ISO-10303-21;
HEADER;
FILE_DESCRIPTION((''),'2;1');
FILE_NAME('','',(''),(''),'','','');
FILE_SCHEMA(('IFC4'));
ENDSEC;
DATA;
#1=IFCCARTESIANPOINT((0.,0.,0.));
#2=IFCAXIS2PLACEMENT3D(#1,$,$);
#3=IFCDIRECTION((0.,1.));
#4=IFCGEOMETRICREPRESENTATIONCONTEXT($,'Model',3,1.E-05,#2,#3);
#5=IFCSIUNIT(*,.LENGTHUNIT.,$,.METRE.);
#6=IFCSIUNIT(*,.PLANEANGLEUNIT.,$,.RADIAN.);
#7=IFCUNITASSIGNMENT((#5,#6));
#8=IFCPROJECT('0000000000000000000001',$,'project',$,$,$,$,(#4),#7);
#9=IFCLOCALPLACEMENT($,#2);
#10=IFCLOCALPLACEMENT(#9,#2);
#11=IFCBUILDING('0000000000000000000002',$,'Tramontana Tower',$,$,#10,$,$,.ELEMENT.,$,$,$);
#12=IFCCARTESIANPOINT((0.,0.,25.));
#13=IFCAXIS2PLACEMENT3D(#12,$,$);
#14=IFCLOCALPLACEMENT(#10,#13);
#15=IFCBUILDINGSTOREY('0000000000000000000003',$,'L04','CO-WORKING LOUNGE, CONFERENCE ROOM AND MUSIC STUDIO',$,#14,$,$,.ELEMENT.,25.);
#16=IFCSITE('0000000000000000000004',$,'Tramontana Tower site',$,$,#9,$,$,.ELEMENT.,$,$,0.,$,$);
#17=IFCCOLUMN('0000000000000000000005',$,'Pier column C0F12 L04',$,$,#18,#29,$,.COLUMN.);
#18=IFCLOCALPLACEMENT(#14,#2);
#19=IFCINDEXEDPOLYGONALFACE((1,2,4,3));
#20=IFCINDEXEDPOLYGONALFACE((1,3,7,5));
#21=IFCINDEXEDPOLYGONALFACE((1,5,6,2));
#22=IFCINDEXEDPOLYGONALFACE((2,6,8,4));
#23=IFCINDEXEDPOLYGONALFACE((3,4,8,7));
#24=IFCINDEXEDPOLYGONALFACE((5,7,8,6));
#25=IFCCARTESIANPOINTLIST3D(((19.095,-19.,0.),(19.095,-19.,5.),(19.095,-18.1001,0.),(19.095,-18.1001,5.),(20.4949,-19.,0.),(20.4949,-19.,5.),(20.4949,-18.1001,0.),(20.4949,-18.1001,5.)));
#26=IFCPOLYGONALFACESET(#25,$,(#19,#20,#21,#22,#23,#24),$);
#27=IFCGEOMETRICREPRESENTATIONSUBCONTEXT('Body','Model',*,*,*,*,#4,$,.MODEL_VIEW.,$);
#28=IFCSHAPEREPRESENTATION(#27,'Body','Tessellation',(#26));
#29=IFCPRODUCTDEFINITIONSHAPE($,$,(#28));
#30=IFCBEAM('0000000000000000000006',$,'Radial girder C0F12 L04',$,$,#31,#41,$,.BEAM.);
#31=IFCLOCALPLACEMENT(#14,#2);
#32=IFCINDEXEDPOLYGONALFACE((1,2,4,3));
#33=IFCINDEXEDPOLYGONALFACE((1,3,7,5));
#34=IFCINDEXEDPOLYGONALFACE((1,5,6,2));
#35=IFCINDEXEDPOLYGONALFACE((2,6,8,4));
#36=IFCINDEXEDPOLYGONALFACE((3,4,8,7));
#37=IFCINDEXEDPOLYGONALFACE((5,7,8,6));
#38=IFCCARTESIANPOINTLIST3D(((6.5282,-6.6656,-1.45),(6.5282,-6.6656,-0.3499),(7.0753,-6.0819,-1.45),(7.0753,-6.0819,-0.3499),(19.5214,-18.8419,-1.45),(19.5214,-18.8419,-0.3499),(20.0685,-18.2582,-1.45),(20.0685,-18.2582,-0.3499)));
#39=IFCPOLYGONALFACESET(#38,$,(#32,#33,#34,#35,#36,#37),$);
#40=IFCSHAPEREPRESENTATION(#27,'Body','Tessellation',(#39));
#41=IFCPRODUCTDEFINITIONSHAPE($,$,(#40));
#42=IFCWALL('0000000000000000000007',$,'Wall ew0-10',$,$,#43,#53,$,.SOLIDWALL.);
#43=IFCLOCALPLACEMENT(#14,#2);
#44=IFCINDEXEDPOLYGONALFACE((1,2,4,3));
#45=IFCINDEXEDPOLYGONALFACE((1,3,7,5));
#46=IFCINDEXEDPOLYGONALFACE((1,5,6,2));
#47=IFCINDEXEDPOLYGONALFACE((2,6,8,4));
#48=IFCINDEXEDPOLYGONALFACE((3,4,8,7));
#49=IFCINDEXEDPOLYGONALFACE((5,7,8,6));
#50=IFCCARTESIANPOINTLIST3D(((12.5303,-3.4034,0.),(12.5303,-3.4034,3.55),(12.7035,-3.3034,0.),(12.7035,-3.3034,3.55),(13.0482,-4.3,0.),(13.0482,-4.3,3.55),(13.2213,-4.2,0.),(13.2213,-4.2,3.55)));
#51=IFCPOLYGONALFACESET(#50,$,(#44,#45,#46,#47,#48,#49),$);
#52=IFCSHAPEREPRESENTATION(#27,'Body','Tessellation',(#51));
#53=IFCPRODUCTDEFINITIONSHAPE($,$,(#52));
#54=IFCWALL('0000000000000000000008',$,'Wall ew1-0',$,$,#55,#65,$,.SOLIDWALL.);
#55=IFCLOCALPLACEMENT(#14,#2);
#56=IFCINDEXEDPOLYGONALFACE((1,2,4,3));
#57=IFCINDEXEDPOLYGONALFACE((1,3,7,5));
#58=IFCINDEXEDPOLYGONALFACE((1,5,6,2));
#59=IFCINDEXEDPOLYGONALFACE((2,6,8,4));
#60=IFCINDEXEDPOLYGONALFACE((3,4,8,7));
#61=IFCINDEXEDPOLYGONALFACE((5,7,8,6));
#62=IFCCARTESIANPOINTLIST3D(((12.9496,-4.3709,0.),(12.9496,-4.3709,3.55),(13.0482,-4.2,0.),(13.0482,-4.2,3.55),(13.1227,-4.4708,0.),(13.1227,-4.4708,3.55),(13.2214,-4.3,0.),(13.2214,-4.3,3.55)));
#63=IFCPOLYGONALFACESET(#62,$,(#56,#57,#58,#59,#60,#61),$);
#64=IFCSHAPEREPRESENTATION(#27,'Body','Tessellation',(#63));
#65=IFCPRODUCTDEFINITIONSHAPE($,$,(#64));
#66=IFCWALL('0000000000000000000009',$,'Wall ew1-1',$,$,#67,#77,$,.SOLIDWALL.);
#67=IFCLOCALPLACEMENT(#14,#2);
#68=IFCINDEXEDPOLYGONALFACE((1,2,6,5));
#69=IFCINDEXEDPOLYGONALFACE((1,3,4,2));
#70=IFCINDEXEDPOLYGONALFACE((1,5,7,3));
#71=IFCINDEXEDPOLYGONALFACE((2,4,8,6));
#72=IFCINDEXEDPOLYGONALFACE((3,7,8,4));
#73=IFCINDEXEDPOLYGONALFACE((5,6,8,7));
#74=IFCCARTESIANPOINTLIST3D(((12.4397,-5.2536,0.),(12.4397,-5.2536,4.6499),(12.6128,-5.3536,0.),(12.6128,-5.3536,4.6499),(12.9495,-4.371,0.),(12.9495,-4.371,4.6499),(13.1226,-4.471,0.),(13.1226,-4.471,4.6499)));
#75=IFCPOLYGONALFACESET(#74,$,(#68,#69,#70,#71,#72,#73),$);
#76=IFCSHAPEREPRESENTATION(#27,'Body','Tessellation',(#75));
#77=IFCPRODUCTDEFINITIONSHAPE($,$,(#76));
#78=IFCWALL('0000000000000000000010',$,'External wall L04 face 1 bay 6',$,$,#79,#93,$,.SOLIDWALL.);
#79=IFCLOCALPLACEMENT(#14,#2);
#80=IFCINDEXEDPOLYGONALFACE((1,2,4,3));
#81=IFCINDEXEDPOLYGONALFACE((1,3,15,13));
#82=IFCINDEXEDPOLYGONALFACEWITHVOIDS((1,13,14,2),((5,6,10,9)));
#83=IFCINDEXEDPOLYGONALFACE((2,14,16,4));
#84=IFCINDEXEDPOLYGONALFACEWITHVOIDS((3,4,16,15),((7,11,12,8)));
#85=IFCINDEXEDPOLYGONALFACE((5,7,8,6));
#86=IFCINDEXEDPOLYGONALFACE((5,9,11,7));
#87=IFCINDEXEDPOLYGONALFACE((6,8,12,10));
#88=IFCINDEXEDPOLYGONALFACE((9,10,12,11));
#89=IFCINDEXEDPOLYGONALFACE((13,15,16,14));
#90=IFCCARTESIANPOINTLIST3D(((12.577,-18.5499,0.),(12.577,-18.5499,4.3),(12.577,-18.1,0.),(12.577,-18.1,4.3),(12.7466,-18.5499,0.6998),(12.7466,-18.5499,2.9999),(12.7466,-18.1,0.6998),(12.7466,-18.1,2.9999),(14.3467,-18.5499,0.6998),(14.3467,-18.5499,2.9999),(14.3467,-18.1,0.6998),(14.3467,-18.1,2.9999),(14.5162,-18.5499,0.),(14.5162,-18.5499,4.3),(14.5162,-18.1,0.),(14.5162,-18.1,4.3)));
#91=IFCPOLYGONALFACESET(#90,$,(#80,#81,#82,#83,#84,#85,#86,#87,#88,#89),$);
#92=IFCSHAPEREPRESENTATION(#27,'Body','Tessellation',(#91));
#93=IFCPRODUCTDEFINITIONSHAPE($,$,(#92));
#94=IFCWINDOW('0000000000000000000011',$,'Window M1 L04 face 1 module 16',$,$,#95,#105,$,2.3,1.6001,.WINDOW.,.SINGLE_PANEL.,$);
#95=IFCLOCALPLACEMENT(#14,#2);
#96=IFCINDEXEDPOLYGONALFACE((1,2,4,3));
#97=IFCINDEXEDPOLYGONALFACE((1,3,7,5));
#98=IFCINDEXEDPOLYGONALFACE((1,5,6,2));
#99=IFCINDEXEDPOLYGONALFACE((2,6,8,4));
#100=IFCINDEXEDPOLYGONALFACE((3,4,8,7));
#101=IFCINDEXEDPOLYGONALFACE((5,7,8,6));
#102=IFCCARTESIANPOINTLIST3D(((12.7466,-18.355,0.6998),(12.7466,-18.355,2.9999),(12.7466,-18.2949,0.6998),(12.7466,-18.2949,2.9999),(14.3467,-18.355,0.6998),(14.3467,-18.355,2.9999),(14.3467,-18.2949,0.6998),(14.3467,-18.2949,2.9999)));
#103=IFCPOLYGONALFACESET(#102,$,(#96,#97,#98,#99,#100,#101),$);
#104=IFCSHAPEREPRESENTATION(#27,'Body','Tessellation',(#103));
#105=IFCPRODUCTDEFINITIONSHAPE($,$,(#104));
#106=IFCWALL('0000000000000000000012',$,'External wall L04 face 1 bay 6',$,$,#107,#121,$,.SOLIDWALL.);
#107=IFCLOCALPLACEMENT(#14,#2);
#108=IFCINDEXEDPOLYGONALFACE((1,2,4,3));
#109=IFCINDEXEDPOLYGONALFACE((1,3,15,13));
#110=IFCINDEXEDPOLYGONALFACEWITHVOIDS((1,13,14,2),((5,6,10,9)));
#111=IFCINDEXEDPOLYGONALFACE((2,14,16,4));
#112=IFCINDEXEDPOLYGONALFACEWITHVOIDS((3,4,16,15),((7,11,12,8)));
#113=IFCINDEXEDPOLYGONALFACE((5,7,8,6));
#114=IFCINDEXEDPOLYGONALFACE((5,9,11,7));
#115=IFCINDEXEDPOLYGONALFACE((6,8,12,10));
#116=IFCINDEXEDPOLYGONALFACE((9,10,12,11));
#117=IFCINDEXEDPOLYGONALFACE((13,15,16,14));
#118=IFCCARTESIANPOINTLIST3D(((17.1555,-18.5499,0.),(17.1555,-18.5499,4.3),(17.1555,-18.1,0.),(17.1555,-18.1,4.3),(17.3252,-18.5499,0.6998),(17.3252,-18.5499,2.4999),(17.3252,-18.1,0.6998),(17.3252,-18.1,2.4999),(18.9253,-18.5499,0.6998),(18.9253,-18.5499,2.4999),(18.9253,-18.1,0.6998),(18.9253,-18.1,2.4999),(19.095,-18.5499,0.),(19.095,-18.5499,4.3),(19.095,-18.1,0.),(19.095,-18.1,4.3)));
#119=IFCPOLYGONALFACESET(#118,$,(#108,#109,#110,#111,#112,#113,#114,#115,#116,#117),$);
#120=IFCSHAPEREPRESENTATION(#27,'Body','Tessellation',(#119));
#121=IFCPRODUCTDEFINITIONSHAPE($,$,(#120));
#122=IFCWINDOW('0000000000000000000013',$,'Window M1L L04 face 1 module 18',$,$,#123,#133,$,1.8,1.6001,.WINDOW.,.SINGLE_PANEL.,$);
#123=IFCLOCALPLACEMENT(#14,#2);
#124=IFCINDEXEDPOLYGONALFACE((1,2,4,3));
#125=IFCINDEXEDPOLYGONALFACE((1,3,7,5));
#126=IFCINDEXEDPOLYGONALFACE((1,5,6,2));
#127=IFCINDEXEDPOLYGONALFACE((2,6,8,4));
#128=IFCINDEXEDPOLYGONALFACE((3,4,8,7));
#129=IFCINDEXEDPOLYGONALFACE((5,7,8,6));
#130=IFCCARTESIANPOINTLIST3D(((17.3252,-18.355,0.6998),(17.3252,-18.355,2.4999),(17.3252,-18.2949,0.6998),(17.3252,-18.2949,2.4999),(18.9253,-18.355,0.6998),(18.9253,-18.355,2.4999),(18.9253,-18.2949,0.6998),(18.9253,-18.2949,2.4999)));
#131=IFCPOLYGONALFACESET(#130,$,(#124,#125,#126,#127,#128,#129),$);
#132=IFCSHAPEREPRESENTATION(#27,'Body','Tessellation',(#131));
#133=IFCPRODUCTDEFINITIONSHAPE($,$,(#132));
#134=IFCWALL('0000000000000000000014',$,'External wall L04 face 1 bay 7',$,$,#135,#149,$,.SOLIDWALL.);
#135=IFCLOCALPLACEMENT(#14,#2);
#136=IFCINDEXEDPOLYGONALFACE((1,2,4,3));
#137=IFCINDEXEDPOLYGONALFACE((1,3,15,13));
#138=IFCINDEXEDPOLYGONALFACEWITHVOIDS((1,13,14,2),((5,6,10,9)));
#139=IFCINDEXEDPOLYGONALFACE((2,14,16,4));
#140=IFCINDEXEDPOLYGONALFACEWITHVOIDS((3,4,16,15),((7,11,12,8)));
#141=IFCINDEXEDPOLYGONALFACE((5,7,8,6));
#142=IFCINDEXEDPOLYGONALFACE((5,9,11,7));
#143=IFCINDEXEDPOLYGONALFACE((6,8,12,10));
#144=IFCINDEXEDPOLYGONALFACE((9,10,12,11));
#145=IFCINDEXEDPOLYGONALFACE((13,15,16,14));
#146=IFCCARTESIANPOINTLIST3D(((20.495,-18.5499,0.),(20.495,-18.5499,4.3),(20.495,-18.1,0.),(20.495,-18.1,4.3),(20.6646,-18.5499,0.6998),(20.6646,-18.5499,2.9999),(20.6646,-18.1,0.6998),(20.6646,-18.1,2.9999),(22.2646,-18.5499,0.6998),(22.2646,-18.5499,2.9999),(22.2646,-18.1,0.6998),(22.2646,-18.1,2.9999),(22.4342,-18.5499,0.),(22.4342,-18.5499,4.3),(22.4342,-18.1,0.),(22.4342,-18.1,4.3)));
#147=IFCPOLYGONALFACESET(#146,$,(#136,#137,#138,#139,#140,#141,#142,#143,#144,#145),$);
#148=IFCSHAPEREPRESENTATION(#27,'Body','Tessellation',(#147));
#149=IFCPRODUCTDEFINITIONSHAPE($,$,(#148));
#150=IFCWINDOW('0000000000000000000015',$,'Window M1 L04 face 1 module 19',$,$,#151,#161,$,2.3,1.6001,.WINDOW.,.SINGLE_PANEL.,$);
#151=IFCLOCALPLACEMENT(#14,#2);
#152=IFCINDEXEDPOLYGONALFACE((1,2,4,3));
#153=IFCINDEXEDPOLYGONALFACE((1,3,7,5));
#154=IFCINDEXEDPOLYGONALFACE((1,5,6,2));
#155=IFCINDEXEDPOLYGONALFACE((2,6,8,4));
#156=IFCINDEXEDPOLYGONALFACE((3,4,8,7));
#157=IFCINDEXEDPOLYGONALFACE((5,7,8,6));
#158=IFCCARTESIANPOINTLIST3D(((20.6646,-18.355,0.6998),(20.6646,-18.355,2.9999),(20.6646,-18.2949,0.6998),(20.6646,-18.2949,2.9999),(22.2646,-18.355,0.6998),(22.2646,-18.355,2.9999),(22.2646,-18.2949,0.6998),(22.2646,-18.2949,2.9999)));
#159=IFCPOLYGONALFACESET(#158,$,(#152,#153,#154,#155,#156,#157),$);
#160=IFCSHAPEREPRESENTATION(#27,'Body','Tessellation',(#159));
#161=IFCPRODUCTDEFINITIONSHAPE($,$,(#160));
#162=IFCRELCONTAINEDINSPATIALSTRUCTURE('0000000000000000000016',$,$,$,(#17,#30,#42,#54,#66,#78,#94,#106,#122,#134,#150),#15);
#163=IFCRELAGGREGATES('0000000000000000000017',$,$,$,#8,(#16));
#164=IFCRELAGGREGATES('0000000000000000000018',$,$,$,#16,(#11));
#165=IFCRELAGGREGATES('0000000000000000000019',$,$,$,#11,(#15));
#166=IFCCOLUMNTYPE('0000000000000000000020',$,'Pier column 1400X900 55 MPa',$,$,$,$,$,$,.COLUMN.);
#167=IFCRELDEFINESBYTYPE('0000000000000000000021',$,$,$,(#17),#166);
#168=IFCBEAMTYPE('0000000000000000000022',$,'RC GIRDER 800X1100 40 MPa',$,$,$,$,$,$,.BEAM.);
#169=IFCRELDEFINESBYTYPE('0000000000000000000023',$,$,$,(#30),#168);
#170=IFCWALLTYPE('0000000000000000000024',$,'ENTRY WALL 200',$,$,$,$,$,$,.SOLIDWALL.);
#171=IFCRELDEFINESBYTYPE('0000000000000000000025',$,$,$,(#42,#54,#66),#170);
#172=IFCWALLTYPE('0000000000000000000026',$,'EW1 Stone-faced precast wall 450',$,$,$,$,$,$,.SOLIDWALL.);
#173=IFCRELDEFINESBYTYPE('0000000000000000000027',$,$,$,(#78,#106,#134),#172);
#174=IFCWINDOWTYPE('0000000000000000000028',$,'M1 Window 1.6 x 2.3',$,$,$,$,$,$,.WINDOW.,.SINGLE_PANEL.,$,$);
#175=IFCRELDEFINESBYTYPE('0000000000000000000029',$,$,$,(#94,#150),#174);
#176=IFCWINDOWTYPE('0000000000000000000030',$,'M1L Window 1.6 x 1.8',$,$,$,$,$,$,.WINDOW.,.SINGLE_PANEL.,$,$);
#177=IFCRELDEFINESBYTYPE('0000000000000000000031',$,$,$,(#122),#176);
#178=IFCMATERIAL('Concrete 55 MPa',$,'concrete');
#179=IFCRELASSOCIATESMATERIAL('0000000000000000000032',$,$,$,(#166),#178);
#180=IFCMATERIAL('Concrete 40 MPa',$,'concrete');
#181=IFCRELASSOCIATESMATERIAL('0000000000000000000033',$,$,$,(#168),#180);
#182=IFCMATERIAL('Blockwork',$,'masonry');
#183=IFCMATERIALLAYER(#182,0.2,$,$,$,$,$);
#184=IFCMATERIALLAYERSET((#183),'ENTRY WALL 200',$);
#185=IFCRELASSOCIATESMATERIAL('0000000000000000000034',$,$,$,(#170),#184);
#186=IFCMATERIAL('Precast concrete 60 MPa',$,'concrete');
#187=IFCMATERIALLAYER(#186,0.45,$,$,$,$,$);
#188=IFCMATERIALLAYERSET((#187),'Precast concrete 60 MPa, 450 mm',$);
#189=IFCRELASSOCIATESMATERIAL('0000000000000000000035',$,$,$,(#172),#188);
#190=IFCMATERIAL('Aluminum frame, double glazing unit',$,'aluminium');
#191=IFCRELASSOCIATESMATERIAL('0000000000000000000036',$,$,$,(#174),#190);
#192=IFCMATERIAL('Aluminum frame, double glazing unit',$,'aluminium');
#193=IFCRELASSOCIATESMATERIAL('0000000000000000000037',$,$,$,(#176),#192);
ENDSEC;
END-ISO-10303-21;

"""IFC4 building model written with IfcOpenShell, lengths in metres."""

from ifc_helpers import new_model, si_unit, direction, frame, frame_2d, origin, origin_2d, place, context, subcontext, project, spatial, rectangle, extrude, material, layer, layer_set, material_profile, profile_set, type_object, element, fill, save


model = new_model("IFC4")

# Units and contexts
model_context = context("Model", 3, precision=1e-05, world=origin(), true_north=direction((0.0, 1.0)))
body_context = subcontext(model_context, "Body", "Model", "MODEL_VIEW")
ifc_project = project(units=[si_unit("LENGTHUNIT", "METRE"), si_unit("PLANEANGLEUNIT", "RADIAN")], contexts=[model_context])

# Site, building, storey
site_placement = place(None, origin())
site = spatial("IfcSite", under=ifc_project, at=site_placement, Name="Tramontana Tower site", CompositionType="ELEMENT", RefElevation=0.0)
building_placement = place(site_placement, origin())
building = spatial("IfcBuilding", under=site, at=building_placement, Name="Tramontana Tower", CompositionType="ELEMENT")
storey_placement = place(building_placement, frame((0.0, 0.0, 25.0)))
storey = spatial("IfcBuildingStorey", under=building, at=storey_placement, Name="L04", Description="CO-WORKING LOUNGE, CONFERENCE ROOM AND MUSIC STUDIO", CompositionType="ELEMENT", Elevation=25.0)

# Column
ifc_material_1 = material(Name="Concrete 55 MPa", Category="concrete")
ifc_material_profile_1 = material_profile(ifc_material_1, rectangle(XDim=1.3999, YDim=0.8999, at=origin_2d()), Name="Pier column 1400X900 55 MPa")
ifc_profile_set_1 = profile_set([ifc_material_profile_1], Name="Concrete 55 MPa")
column_type = type_object("IfcColumnType", Name="Pier column 1400X900 55 MPa", PredefinedType="COLUMN", material=ifc_profile_set_1)
column_placement = place(storey_placement, frame((19.7949, -18.55, 0.0), z_axis=(0.0, 0.0, 1.0), x_axis=(1.0, 0.0, 0.0)))
element("IfcColumn", 1, at=column_placement, inside=storey, type_object=column_type, Name="Pier column C0F12 L04", PredefinedType="COLUMN", context=body_context, shape_type="SweptSolid", body=[
    extrude(rectangle(XDim=1.3999, YDim=0.8999, at=origin_2d()), origin(), (0.0, 0.0, 1.0), 5.0),
])

# Beam
ifc_material_2 = material(Name="Concrete 40 MPa", Category="concrete")
ifc_material_profile_2 = material_profile(ifc_material_2, rectangle(XDim=0.8, YDim=1.1001, at=origin_2d()), Name="RC GIRDER 800X1100 40 MPa")
ifc_profile_set_2 = profile_set([ifc_material_profile_2], Name="Concrete 40 MPa")
beam_type = type_object("IfcBeamType", Name="RC GIRDER 800X1100 40 MPa", PredefinedType="BEAM", material=ifc_profile_set_2)
beam_placement = place(storey_placement, frame((19.7949, -18.55, -0.8999), z_axis=(-0.729672, 0.683797, 0.0), x_axis=(-0.683797, -0.729672, 0.0)))
element("IfcBeam", 2, at=beam_placement, inside=storey, type_object=beam_type, Name="Radial girder C0F12 L04", PredefinedType="BEAM", context=body_context, shape_type="SweptSolid", body=[
    extrude(rectangle(XDim=0.8, YDim=1.1001, at=origin_2d()), origin(), (0.0, 0.0, 1.0), 17.8069),
])

# Walls
ifc_material_3 = material(Name="Blockwork", Category="masonry")
ifc_layer_1 = layer(ifc_material_3, 0.2)
ifc_layer_set_1 = layer_set([ifc_layer_1], Name="ENTRY WALL 200")
wall_type_1 = type_object("IfcWallType", Name="ENTRY WALL 200", PredefinedType="SOLIDWALL", material=ifc_layer_set_1)
wall_1_placement = place(storey_placement, frame((12.6169, -3.3535, 0.0), z_axis=(0.0, 0.0, 1.0), x_axis=(0.500172, -0.865926, 0.0)))
element("IfcWall", 3, at=wall_1_placement, inside=storey, type_object=wall_type_1, Name="Wall ew0-10", PredefinedType="SOLIDWALL", context=body_context, shape_type="SweptSolid", body=[
    extrude(rectangle(XDim=1.0354, YDim=0.2, at=frame_2d((0.5176, 0.0))), origin(), (0.0, 0.0, 1.0), 3.55),
])
wall_2_placement = place(storey_placement, frame((13.1348, -4.25, 0.0), z_axis=(0.0, 0.0, 1.0), x_axis=(-0.499865, -0.866103, 0.0)))
element("IfcWall", 4, at=wall_2_placement, inside=storey, type_object=wall_type_1, Name="Wall ew1-0", PredefinedType="SOLIDWALL", context=body_context, shape_type="SweptSolid", body=[
    extrude(rectangle(XDim=0.1973, YDim=0.2, at=frame_2d((0.0986, 0.0))), origin(), (0.0, 0.0, 1.0), 3.55),
])
wall_3_placement = place(storey_placement, frame((13.0361, -4.4209, 0.0), z_axis=(0.0, 0.0, 1.0), x_axis=(-0.500158, -0.865934, 0.0)))
element("IfcWall", 5, at=wall_3_placement, inside=storey, type_object=wall_type_1, Name="Wall ew1-1", PredefinedType="SOLIDWALL", context=body_context, shape_type="SweptSolid", body=[
    extrude(rectangle(XDim=1.0193, YDim=0.2, at=frame_2d((0.5098, 0.0))), origin(), (0.0, 0.0, 1.0), 4.6499),
])

# Walls, openings, windows
ifc_material_4 = material(Name="Precast concrete 60 MPa", Category="concrete")
ifc_layer_2 = layer(ifc_material_4, 0.45)
ifc_layer_set_2 = layer_set([ifc_layer_2], Name="Precast concrete 60 MPa, 450 mm")
wall_type_2 = type_object("IfcWallType", Name="EW1 Stone-faced precast wall 450", PredefinedType="SOLIDWALL", material=ifc_layer_set_2)
wall_4_placement = place(storey_placement, frame((12.5769, -18.325, 0.0), z_axis=(0.0, 0.0, 1.0), x_axis=(1.0, 0.0, 0.0)))
wall_4 = element("IfcWall", 6, at=wall_4_placement, inside=storey, type_object=wall_type_2, Name="External wall L04 face 1 bay 6", PredefinedType="SOLIDWALL", context=body_context, shape_type="SweptSolid", body=[
    extrude(rectangle(XDim=1.9392, YDim=0.45, at=frame_2d((0.9697, 0.0))), origin(), (0.0, 0.0, 1.0), 4.3),
])
opening_1_placement = place(wall_4_placement, frame((0.1697, 0.0, 0.7)))
opening_1 = element("IfcOpeningElement", 7, at=opening_1_placement, cuts=wall_4, PredefinedType="OPENING", context=body_context, shape_type="SweptSolid", body=[
    extrude(rectangle(XDim=1.6001, YDim=2.3, at=frame_2d((0.8, 1.1499))), frame((0.0, 0.2349, 0.0), z_axis=(0.0, -1.0, 0.0), x_axis=(1.0, 0.0, 0.0)), (0.0, 0.0, 1.0), 0.47),
])
ifc_material_5 = material(Name="Aluminum frame, double glazing unit", Category="aluminium")
window_type_1 = type_object("IfcWindowType", Name="M1 Window 1.6 x 2.3", PartitioningType="SINGLE_PANEL", PredefinedType="WINDOW", material=ifc_material_5)
window_1_placement = place(opening_1_placement, origin())
window_1 = element("IfcWindow", 8, at=window_1_placement, inside=storey, type_object=window_type_1, Name="Window M1 L04 face 1 module 16", OverallHeight=2.3, OverallWidth=1.6001, PartitioningType="SINGLE_PANEL", PredefinedType="WINDOW", context=body_context, shape_type="SweptSolid", body=[
    extrude(rectangle(XDim=1.6001, YDim=2.3, at=frame_2d((0.8, 1.1499))), frame((0.0, 0.03, 0.0), z_axis=(0.0, -1.0, 0.0), x_axis=(1.0, 0.0, 0.0)), (0.0, 0.0, 1.0), 0.0601),
])
fill(opening_1, window_1)
wall_5_placement = place(storey_placement, frame((17.1555, -18.325, 0.0), z_axis=(0.0, 0.0, 1.0), x_axis=(1.0, 0.0, 0.0)))
wall_5 = element("IfcWall", 9, at=wall_5_placement, inside=storey, type_object=wall_type_2, Name="External wall L04 face 1 bay 6", PredefinedType="SOLIDWALL", context=body_context, shape_type="SweptSolid", body=[
    extrude(rectangle(XDim=1.9395, YDim=0.45, at=frame_2d((0.9697, 0.0))), origin(), (0.0, 0.0, 1.0), 4.3),
])
opening_2_placement = place(wall_5_placement, frame((0.1697, 0.0, 0.7)))
opening_2 = element("IfcOpeningElement", 10, at=opening_2_placement, cuts=wall_5, PredefinedType="OPENING", context=body_context, shape_type="SweptSolid", body=[
    extrude(rectangle(XDim=1.6001, YDim=1.8, at=frame_2d((0.8, 0.8999))), frame((0.0, 0.2349, 0.0), z_axis=(0.0, -1.0, 0.0), x_axis=(1.0, 0.0, 0.0)), (0.0, 0.0, 1.0), 0.47),
])
ifc_material_6 = material(Name="Aluminum frame, double glazing unit", Category="aluminium")
window_type_2 = type_object("IfcWindowType", Name="M1L Window 1.6 x 1.8", PartitioningType="SINGLE_PANEL", PredefinedType="WINDOW", material=ifc_material_6)
window_2_placement = place(opening_2_placement, origin())
window_2 = element("IfcWindow", 11, at=window_2_placement, inside=storey, type_object=window_type_2, Name="Window M1L L04 face 1 module 18", OverallHeight=1.8, OverallWidth=1.6001, PartitioningType="SINGLE_PANEL", PredefinedType="WINDOW", context=body_context, shape_type="SweptSolid", body=[
    extrude(rectangle(XDim=1.6001, YDim=1.8, at=frame_2d((0.8, 0.8999))), frame((0.0, 0.03, 0.0), z_axis=(0.0, -1.0, 0.0), x_axis=(1.0, 0.0, 0.0)), (0.0, 0.0, 1.0), 0.0601),
])
fill(opening_2, window_2)
wall_6_placement = place(storey_placement, frame((20.4949, -18.325, 0.0), z_axis=(0.0, 0.0, 1.0), x_axis=(1.0, 0.0, 0.0)))
wall_6 = element("IfcWall", 12, at=wall_6_placement, inside=storey, type_object=wall_type_2, Name="External wall L04 face 1 bay 7", PredefinedType="SOLIDWALL", context=body_context, shape_type="SweptSolid", body=[
    extrude(rectangle(XDim=1.9392, YDim=0.45, at=frame_2d((0.9697, 0.0))), origin(), (0.0, 0.0, 1.0), 4.3),
])
opening_3_placement = place(wall_6_placement, frame((0.1697, 0.0, 0.7)))
opening_3 = element("IfcOpeningElement", 13, at=opening_3_placement, cuts=wall_6, PredefinedType="OPENING", context=body_context, shape_type="SweptSolid", body=[
    extrude(rectangle(XDim=1.6001, YDim=2.3, at=frame_2d((0.8, 1.1499))), frame((0.0, 0.2349, 0.0), z_axis=(0.0, -1.0, 0.0), x_axis=(1.0, 0.0, 0.0)), (0.0, 0.0, 1.0), 0.47),
])
window_3_placement = place(opening_3_placement, origin())
window_3 = element("IfcWindow", 14, at=window_3_placement, inside=storey, type_object=window_type_1, Name="Window M1 L04 face 1 module 19", OverallHeight=2.3, OverallWidth=1.6001, PartitioningType="SINGLE_PANEL", PredefinedType="WINDOW", context=body_context, shape_type="SweptSolid", body=[
    extrude(rectangle(XDim=1.6001, YDim=2.3, at=frame_2d((0.8, 1.1499))), frame((0.0, 0.03, 0.0), z_axis=(0.0, -1.0, 0.0), x_axis=(1.0, 0.0, 0.0)), (0.0, 0.0, 1.0), 0.0601),
])
fill(opening_3, window_3)

save(model, "model.ifc")
